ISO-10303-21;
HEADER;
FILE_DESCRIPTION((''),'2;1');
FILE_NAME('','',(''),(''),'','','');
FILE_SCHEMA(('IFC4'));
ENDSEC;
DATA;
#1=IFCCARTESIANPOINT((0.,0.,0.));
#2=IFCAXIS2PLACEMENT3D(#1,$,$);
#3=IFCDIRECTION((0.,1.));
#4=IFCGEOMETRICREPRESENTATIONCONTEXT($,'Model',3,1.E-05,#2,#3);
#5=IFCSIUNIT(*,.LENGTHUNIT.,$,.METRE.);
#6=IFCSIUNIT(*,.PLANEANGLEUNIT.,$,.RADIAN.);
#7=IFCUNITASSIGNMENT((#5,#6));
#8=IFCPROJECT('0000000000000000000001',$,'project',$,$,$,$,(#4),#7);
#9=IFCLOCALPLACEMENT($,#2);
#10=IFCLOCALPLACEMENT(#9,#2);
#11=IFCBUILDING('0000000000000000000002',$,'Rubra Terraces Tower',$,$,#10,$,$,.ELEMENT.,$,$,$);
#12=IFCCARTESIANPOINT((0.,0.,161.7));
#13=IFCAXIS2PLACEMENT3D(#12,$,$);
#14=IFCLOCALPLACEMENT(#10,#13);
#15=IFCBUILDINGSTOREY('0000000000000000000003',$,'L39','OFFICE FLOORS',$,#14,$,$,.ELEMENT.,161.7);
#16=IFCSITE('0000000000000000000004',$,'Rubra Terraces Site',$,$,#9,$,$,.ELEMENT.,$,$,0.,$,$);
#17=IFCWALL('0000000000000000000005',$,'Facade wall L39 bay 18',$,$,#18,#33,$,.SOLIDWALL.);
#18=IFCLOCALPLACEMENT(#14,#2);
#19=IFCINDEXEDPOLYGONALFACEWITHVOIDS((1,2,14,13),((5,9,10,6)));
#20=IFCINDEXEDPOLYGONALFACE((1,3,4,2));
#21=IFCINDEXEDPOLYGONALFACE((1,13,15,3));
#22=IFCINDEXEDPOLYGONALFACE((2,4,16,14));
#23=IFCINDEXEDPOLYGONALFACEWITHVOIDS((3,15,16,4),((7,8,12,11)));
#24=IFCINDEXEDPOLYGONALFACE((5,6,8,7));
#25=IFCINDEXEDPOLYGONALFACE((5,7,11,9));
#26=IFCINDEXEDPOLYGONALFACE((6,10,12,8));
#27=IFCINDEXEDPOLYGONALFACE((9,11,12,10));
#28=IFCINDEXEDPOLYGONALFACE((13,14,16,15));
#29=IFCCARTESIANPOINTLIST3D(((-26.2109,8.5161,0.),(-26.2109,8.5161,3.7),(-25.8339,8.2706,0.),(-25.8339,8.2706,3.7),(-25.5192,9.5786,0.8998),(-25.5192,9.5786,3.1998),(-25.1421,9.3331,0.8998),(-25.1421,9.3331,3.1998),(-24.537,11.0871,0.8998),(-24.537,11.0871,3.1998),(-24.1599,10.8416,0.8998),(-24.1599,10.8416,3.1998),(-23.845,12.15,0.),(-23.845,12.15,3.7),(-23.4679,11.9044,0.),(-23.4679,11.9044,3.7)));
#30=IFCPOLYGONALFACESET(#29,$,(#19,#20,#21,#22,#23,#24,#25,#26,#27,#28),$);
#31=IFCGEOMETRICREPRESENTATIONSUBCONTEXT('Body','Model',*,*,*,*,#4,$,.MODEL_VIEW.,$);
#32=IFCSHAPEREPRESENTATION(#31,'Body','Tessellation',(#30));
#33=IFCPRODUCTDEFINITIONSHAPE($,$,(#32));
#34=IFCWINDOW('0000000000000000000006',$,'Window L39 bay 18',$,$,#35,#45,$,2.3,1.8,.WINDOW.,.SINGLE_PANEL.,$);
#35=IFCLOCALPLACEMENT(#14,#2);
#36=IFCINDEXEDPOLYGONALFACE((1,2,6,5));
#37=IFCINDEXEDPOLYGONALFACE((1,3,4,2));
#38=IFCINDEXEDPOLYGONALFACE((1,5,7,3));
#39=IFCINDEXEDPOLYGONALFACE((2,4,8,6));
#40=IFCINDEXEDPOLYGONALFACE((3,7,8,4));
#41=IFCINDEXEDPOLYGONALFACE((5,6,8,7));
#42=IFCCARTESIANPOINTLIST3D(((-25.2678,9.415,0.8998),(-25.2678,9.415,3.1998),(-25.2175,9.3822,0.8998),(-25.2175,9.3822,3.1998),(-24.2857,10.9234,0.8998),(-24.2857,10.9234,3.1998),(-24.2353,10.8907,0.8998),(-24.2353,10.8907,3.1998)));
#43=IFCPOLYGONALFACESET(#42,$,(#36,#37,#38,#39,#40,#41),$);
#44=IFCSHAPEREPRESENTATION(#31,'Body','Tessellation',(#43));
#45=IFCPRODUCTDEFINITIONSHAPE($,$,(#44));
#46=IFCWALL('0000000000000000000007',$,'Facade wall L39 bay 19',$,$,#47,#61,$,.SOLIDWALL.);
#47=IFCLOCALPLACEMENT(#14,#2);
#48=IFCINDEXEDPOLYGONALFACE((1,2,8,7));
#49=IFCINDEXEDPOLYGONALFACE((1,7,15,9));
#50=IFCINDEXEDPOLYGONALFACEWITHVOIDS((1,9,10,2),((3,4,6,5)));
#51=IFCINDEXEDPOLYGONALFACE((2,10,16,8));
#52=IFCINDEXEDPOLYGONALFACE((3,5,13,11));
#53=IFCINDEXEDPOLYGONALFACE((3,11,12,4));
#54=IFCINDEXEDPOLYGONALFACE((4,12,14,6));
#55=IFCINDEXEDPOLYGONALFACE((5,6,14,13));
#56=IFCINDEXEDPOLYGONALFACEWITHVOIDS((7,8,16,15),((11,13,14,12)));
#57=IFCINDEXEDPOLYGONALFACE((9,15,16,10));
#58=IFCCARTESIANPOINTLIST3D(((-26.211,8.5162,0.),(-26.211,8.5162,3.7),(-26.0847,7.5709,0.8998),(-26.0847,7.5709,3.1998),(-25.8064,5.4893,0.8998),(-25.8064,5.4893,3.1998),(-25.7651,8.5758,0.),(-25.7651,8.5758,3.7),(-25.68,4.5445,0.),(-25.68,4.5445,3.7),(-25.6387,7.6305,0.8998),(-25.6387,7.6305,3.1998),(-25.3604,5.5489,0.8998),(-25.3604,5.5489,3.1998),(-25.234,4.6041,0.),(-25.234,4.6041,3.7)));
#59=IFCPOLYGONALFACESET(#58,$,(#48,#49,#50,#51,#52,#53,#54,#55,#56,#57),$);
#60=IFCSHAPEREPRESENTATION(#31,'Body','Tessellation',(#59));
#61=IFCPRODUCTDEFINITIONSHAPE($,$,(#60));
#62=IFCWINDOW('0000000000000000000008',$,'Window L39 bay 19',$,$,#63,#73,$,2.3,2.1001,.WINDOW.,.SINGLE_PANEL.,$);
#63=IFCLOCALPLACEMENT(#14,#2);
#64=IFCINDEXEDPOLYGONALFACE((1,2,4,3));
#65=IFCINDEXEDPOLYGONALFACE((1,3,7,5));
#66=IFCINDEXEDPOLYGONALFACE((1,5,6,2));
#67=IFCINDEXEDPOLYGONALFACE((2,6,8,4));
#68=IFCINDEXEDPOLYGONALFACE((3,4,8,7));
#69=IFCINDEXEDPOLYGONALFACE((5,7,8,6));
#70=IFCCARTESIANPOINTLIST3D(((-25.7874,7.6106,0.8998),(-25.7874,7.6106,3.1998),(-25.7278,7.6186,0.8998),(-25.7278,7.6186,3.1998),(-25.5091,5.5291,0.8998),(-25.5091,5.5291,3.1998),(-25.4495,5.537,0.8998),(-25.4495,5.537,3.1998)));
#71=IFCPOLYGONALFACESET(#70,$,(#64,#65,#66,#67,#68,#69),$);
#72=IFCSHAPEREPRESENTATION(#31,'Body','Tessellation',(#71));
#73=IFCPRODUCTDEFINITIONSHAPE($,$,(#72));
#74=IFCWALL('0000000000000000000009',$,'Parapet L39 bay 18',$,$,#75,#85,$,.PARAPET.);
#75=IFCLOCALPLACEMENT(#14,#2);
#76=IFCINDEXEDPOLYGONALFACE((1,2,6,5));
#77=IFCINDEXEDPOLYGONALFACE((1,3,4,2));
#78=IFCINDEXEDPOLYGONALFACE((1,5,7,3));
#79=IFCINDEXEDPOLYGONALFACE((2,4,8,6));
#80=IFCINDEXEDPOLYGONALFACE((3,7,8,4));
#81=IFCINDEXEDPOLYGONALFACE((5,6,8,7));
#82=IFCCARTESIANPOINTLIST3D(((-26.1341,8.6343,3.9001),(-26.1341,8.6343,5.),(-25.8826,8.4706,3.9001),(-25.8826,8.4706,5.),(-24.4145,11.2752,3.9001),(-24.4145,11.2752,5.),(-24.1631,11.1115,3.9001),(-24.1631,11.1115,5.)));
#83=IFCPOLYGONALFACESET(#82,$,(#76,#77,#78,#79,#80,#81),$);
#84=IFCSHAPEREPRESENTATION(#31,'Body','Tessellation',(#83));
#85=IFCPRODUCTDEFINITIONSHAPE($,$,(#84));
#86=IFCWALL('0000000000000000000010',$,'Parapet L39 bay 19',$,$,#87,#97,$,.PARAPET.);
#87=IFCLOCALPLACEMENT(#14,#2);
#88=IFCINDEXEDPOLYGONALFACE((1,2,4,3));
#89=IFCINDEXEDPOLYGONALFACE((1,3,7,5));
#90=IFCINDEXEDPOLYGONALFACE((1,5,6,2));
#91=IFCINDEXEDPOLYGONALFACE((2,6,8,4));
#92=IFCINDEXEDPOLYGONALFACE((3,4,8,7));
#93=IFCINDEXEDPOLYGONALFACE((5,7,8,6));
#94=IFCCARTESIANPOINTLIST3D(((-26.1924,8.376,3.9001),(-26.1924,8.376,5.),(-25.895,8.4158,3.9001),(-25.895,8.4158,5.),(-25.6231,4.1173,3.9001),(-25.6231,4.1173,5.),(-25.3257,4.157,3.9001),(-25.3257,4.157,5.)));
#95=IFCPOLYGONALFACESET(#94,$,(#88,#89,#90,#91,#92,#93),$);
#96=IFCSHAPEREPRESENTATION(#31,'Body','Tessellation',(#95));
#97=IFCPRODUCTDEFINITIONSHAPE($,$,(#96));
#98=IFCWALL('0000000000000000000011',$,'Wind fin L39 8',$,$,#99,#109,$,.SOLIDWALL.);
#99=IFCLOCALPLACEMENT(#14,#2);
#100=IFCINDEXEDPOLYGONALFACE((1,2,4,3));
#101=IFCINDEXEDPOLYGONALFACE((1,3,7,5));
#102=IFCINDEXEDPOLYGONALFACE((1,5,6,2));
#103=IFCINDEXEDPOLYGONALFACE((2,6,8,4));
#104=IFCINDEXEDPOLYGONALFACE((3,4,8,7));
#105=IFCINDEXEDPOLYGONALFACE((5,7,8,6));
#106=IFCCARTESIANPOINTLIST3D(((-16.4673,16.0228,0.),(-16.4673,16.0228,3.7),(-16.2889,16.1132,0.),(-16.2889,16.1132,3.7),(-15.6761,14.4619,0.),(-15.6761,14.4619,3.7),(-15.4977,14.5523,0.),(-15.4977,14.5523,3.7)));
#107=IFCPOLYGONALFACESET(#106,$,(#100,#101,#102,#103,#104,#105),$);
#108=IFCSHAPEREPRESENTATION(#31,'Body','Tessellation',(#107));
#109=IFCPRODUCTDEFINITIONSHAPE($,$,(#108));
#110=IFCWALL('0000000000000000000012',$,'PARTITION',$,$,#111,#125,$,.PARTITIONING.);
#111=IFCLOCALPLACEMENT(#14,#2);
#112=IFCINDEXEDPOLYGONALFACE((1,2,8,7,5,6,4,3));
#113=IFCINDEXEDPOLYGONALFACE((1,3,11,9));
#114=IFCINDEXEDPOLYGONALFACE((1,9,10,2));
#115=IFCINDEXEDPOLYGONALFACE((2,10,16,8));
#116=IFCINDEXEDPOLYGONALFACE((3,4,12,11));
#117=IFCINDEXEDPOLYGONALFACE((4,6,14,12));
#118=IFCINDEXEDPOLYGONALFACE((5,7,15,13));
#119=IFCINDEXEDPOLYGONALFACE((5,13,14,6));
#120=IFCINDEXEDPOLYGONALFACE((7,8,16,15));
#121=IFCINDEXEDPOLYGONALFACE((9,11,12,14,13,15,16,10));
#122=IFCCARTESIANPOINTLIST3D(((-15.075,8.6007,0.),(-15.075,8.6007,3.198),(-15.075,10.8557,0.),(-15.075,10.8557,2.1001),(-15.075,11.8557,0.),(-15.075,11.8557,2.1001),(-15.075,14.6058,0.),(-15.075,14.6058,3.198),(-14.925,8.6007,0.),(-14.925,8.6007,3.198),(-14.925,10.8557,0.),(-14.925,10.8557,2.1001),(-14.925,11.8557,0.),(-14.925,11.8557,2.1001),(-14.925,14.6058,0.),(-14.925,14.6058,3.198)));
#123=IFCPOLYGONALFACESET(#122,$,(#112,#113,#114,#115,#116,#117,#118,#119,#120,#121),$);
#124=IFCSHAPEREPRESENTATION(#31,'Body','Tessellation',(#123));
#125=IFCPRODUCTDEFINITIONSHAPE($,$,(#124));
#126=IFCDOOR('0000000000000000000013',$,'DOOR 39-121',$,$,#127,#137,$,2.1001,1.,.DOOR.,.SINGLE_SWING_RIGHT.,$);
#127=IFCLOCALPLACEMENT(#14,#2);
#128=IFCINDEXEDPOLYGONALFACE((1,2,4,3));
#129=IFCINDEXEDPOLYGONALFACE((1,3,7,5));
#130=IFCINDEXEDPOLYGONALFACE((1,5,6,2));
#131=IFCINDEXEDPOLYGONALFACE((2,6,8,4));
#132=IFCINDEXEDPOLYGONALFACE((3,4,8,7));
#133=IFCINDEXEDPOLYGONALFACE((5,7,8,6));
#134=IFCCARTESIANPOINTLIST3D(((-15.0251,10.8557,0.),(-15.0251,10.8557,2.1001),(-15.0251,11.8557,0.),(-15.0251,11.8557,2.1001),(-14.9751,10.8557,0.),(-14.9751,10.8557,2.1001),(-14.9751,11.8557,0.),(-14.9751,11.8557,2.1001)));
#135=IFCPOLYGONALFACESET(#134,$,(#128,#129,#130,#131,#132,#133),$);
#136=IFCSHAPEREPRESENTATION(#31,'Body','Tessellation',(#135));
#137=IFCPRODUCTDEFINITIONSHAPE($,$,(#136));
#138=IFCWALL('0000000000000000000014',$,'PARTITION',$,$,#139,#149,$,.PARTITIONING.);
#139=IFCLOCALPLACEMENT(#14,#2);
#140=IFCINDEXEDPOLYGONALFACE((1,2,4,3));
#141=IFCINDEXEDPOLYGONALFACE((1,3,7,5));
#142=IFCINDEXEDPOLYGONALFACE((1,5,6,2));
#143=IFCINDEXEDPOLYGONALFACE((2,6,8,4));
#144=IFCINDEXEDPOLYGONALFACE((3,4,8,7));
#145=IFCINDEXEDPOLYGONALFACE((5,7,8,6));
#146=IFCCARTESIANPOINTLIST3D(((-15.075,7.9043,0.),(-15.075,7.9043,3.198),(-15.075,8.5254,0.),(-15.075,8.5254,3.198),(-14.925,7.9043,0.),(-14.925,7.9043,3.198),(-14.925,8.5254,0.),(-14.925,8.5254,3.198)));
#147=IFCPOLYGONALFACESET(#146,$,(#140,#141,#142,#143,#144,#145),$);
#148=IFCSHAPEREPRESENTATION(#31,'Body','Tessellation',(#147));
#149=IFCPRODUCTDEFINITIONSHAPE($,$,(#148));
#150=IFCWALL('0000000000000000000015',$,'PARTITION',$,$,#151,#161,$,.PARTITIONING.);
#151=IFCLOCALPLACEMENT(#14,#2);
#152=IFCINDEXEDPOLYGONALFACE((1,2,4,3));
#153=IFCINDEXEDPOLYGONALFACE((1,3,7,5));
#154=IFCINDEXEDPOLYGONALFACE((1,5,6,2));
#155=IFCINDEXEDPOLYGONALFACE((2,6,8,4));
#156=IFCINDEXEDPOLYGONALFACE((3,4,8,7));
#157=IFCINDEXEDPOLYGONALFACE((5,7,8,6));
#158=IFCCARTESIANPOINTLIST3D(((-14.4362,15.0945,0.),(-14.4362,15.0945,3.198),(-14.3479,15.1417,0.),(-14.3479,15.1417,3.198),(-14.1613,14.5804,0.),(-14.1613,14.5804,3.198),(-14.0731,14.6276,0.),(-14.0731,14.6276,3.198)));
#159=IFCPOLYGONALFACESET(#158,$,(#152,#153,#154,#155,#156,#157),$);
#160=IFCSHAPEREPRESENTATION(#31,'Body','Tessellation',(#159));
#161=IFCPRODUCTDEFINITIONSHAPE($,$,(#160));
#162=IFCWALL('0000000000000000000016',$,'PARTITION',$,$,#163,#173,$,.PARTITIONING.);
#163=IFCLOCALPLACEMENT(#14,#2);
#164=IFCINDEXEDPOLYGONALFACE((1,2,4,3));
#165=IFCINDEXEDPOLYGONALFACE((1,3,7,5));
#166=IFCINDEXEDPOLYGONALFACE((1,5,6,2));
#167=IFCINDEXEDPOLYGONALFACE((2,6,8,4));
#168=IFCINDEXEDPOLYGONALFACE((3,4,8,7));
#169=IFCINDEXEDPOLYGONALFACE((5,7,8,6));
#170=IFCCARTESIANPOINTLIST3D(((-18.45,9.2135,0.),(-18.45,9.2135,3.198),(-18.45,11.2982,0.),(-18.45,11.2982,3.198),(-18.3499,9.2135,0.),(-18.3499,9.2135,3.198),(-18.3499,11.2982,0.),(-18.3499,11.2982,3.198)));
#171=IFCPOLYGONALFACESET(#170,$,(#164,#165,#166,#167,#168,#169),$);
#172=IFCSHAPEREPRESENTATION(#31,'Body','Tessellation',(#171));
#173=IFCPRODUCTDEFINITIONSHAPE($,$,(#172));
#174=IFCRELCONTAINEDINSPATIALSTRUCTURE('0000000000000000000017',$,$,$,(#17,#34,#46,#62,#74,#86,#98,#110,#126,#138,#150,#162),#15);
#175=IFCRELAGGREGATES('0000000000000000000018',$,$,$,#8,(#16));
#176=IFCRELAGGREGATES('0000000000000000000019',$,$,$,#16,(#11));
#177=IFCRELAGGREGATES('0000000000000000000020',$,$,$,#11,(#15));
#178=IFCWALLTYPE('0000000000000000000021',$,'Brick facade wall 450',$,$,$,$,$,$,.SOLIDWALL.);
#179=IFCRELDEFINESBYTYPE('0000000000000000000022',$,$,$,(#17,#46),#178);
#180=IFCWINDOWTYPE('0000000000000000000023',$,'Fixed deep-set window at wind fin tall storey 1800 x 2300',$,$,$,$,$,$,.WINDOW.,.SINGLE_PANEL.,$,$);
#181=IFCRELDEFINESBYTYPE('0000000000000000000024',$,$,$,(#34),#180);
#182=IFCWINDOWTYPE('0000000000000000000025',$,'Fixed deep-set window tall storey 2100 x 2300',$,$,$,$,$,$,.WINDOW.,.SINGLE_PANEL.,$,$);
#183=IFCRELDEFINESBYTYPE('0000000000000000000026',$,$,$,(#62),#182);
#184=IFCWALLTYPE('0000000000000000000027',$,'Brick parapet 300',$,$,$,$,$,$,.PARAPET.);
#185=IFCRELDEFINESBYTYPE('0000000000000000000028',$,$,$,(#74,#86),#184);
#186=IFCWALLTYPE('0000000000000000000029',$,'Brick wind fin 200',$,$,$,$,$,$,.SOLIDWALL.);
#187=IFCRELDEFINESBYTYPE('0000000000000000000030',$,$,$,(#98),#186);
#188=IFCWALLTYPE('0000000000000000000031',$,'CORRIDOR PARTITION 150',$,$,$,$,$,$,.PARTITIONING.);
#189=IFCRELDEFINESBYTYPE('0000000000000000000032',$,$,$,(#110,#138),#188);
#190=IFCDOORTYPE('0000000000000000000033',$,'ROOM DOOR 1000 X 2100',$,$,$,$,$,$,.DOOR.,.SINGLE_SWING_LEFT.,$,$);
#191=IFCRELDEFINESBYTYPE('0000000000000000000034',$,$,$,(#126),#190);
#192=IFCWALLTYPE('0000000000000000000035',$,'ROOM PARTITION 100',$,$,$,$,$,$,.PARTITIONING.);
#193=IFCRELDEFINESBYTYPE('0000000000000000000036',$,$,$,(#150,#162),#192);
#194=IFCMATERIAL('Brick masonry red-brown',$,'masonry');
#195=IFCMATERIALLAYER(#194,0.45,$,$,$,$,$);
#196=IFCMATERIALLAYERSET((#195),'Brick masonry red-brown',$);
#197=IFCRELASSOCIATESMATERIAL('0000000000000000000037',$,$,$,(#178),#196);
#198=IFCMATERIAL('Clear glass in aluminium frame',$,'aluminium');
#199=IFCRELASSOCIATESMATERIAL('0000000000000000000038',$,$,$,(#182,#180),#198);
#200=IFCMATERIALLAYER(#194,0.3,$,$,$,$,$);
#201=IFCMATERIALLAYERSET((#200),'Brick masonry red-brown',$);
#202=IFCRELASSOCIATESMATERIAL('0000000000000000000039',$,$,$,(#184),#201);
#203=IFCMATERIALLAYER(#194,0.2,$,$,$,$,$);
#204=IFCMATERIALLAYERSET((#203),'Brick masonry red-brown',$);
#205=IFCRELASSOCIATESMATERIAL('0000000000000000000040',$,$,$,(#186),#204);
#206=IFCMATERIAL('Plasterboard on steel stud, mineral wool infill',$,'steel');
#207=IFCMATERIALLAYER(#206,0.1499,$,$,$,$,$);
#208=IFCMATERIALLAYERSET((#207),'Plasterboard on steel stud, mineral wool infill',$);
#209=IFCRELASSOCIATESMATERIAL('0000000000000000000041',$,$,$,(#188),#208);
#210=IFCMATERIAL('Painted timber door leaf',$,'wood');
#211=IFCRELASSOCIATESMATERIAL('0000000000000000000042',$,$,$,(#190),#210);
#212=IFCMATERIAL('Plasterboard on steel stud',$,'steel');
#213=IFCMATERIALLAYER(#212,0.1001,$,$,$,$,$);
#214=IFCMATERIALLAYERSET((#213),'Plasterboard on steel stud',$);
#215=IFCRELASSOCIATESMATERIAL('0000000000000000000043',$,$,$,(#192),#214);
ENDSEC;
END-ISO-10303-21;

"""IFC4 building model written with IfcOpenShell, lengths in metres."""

from ifc_helpers import new_model, si_unit, direction, frame, frame_2d, origin, place, context, subcontext, project, spatial, rectangle, extrude, material, layer, layer_set, type_object, element, fill, save


model = new_model("IFC4")

# Units and contexts
model_context = context("Model", 3, precision=1e-05, world=origin(), true_north=direction((0.0, 1.0)))
body_context = subcontext(model_context, "Body", "Model", "MODEL_VIEW")
ifc_project = project(units=[si_unit("LENGTHUNIT", "METRE"), si_unit("PLANEANGLEUNIT", "RADIAN")], contexts=[model_context])

# Site, building, storey
site_placement = place(None, origin())
site = spatial("IfcSite", under=ifc_project, at=site_placement, Name="Rubra Terraces Site", CompositionType="ELEMENT", RefElevation=0.0)
building_placement = place(site_placement, origin())
building = spatial("IfcBuilding", under=site, at=building_placement, Name="Rubra Terraces Tower", CompositionType="ELEMENT")
storey_placement = place(building_placement, frame((0.0, 0.0, 161.7)))
storey = spatial("IfcBuildingStorey", under=building, at=storey_placement, Name="L39", Description="OFFICE FLOORS", CompositionType="ELEMENT", Elevation=161.7)

# Walls, openings, windows
ifc_material_1 = material(Name="Brick masonry red-brown", Category="masonry")
ifc_layer_1 = layer(ifc_material_1, 0.45)
ifc_layer_set_1 = layer_set([ifc_layer_1], Name="Brick masonry red-brown")
wall_type_1 = type_object("IfcWallType", Name="Brick facade wall 450", PredefinedType="SOLIDWALL", material=ifc_layer_set_1)
ifc_material_2 = material(Name="Clear glass in aluminium frame", Category="aluminium")
window_type_1 = type_object("IfcWindowType", Name="Fixed deep-set window tall storey 2100 x 2300", PartitioningType="SINGLE_PANEL", PredefinedType="WINDOW", material=ifc_material_2)
wall_1_placement = place(storey_placement, frame((-23.6565, 12.0271, 0.0), z_axis=(0.0, 0.0, 1.0), x_axis=(-0.545637, -0.838021, 0.0)))
wall_1 = element("IfcWall", 1, at=wall_1_placement, inside=storey, type_object=wall_type_1, Name="Facade wall L39 bay 18", PredefinedType="SOLIDWALL", context=body_context, shape_type="SweptSolid", body=[
    extrude(rectangle(XDim=4.3362, YDim=0.45, at=frame_2d((2.168, 0.0))), origin(), (0.0, 0.0, 1.0), 3.7),
])
opening_1_placement = place(wall_1_placement, frame((1.2683, 0.0, 0.8999)))
opening_1 = element("IfcOpeningElement", 2, at=opening_1_placement, cuts=wall_1, PredefinedType="OPENING", context=body_context, shape_type="SweptSolid", body=[
    extrude(rectangle(XDim=1.8, YDim=2.3, at=frame_2d((0.8999, 1.1499))), frame((0.0, 0.2349, 0.0), z_axis=(0.0, -1.0, 0.0), x_axis=(1.0, 0.0, 0.0)), (0.0, 0.0, 1.0), 0.47),
])
window_type_2 = type_object("IfcWindowType", Name="Fixed deep-set window at wind fin tall storey 1800 x 2300", PartitioningType="SINGLE_PANEL", PredefinedType="WINDOW", material=ifc_material_2)
window_1_placement = place(opening_1_placement, origin())
window_1 = element("IfcWindow", 3, at=window_1_placement, inside=storey, type_object=window_type_2, Name="Window L39 bay 18", OverallHeight=2.3, OverallWidth=1.8, PartitioningType="SINGLE_PANEL", PredefinedType="WINDOW", context=body_context, shape_type="SweptSolid", body=[
    extrude(rectangle(XDim=1.8, YDim=2.3, at=frame_2d((0.8999, 1.1499))), frame((0.0, 0.135, 0.0), z_axis=(0.0, -1.0, 0.0), x_axis=(1.0, 0.0, 0.0)), (0.0, 0.0, 1.0), 0.0601),
])
fill(opening_1, window_1)
wall_2_placement = place(storey_placement, frame((-25.988, 8.5459, 0.0), z_axis=(0.0, 0.0, 1.0), x_axis=(0.132519, -0.99118, 0.0)))
wall_2 = element("IfcWall", 4, at=wall_2_placement, inside=storey, type_object=wall_type_1, Name="Facade wall L39 bay 19", PredefinedType="SOLIDWALL", context=body_context, shape_type="SweptSolid", body=[
    extrude(rectangle(XDim=4.0071, YDim=0.45, at=frame_2d((2.0034, 0.0))), origin(), (0.0, 0.0, 1.0), 3.7),
])
opening_2_placement = place(wall_2_placement, frame((0.9536, 0.0, 0.8999)))
opening_2 = element("IfcOpeningElement", 5, at=opening_2_placement, cuts=wall_2, PredefinedType="OPENING", context=body_context, shape_type="SweptSolid", body=[
    extrude(rectangle(XDim=2.1001, YDim=2.3, at=frame_2d((1.05, 1.1499))), frame((0.0, 0.2349, 0.0), z_axis=(0.0, -1.0, 0.0), x_axis=(1.0, 0.0, 0.0)), (0.0, 0.0, 1.0), 0.47),
])
window_2_placement = place(opening_2_placement, origin())
window_2 = element("IfcWindow", 6, at=window_2_placement, inside=storey, type_object=window_type_1, Name="Window L39 bay 19", OverallHeight=2.3, OverallWidth=2.1001, PartitioningType="SINGLE_PANEL", PredefinedType="WINDOW", context=body_context, shape_type="SweptSolid", body=[
    extrude(rectangle(XDim=2.1001, YDim=2.3, at=frame_2d((1.05, 1.1499))), frame((0.0, 0.135, 0.0), z_axis=(0.0, -1.0, 0.0), x_axis=(1.0, 0.0, 0.0)), (0.0, 0.0, 1.0), 0.0601),
])
fill(opening_2, window_2)

# Walls
ifc_layer_2 = layer(ifc_material_1, 0.3)
ifc_layer_set_2 = layer_set([ifc_layer_2], Name="Brick masonry red-brown")
wall_type_2 = type_object("IfcWallType", Name="Brick parapet 300", PredefinedType="PARAPET", material=ifc_layer_set_2)
wall_3_placement = place(storey_placement, frame((-24.2888, 11.1934, 3.9001), z_axis=(0.0, 0.0, 1.0), x_axis=(-0.545639, -0.83802, 0.0)))
element("IfcWall", 7, at=wall_3_placement, inside=storey, type_object=wall_type_2, Name="Parapet L39 bay 18", PredefinedType="PARAPET", context=body_context, shape_type="SweptSolid", body=[
    extrude(rectangle(XDim=3.1514, YDim=0.3, at=frame_2d((1.5757, 0.0))), origin(), (0.0, 0.0, 1.0), 1.0999),
])
wall_4_placement = place(storey_placement, frame((-26.0437, 8.396, 3.9001), z_axis=(0.0, 0.0, 1.0), x_axis=(0.132506, -0.991182, 0.0)))
element("IfcWall", 8, at=wall_4_placement, inside=storey, type_object=wall_type_2, Name="Parapet L39 bay 19", PredefinedType="PARAPET", context=body_context, shape_type="SweptSolid", body=[
    extrude(rectangle(XDim=4.2966, YDim=0.3, at=frame_2d((2.1484, 0.0))), origin(), (0.0, 0.0, 1.0), 1.0999),
])
ifc_layer_3 = layer(ifc_material_1, 0.2)
ifc_layer_set_3 = layer_set([ifc_layer_3], Name="Brick masonry red-brown")
wall_type_3 = type_object("IfcWallType", Name="Brick wind fin 200", PredefinedType="SOLIDWALL", material=ifc_layer_set_3)
wall_5_placement = place(storey_placement, frame((-15.5869, 14.5071, 0.0), z_axis=(0.0, 0.0, 1.0), x_axis=(-0.452117, 0.891959, 0.0)))
element("IfcWall", 9, at=wall_5_placement, inside=storey, type_object=wall_type_3, Name="Wind fin L39 8", PredefinedType="SOLIDWALL", context=body_context, shape_type="SweptSolid", body=[
    extrude(rectangle(XDim=1.75, YDim=0.2, at=frame_2d((0.875, 0.0))), origin(), (0.0, 0.0, 1.0), 3.7),
])

# Wall, opening, door
ifc_material_3 = material(Name="Plasterboard on steel stud, mineral wool infill", Category="steel")
ifc_layer_4 = layer(ifc_material_3, 0.1499)
ifc_layer_set_4 = layer_set([ifc_layer_4], Name="Plasterboard on steel stud, mineral wool infill")
wall_type_4 = type_object("IfcWallType", Name="CORRIDOR PARTITION 150", PredefinedType="PARTITIONING", material=ifc_layer_set_4)
wall_6_placement = place(storey_placement, frame((-15.0, 14.6057, 0.0), z_axis=(0.0, 0.0, 1.0), x_axis=(0.0, -1.0, 0.0)))
wall_6 = element("IfcWall", 10, at=wall_6_placement, inside=storey, type_object=wall_type_4, Name="PARTITION", PredefinedType="PARTITIONING", context=body_context, shape_type="SweptSolid", body=[
    extrude(rectangle(XDim=6.0051, YDim=0.1499, at=frame_2d((3.0024, 0.0))), origin(), (0.0, 0.0, 1.0), 3.198),
])
opening_3_placement = place(wall_6_placement, frame((2.75, 0.0, 0.0)))
opening_3 = element("IfcOpeningElement", 11, at=opening_3_placement, cuts=wall_6, PredefinedType="OPENING", context=body_context, shape_type="SweptSolid", body=[
    extrude(rectangle(XDim=1.0, YDim=2.1001, at=frame_2d((0.5, 1.05))), frame((0.0, 0.085, 0.0), z_axis=(0.0, -1.0, 0.0), x_axis=(1.0, 0.0, 0.0)), (0.0, 0.0, 1.0), 0.1699),
])
ifc_material_4 = material(Name="Painted timber door leaf", Category="wood")
door_type = type_object("IfcDoorType", Name="ROOM DOOR 1000 X 2100", OperationType="SINGLE_SWING_LEFT", PredefinedType="DOOR", material=ifc_material_4)
door_placement = place(opening_3_placement, origin())
door = element("IfcDoor", 12, at=door_placement, inside=storey, type_object=door_type, Name="DOOR 39-121", OperationType="SINGLE_SWING_RIGHT", OverallHeight=2.1001, OverallWidth=1.0, PredefinedType="DOOR", context=body_context, shape_type="SweptSolid", body=[
    extrude(rectangle(XDim=1.0, YDim=2.1001, at=frame_2d((0.5, 1.05))), frame((0.0, 0.0249, 0.0), z_axis=(0.0, -1.0, 0.0), x_axis=(1.0, 0.0, 0.0)), (0.0, 0.0, 1.0), 0.05),
])
fill(opening_3, door)

# Walls
wall_7_placement = place(storey_placement, frame((-15.0, 8.5254, 0.0), z_axis=(0.0, 0.0, 1.0), x_axis=(0.0, -1.0, 0.0)))
element("IfcWall", 13, at=wall_7_placement, inside=storey, type_object=wall_type_4, Name="PARTITION", PredefinedType="PARTITIONING", context=body_context, shape_type="SweptSolid", body=[
    extrude(rectangle(XDim=0.6211, YDim=0.1499, at=frame_2d((0.3105, 0.0))), origin(), (0.0, 0.0, 1.0), 3.198),
])
ifc_material_5 = material(Name="Plasterboard on steel stud", Category="steel")
ifc_layer_5 = layer(ifc_material_5, 0.1001)
ifc_layer_set_5 = layer_set([ifc_layer_5], Name="Plasterboard on steel stud")
wall_type_5 = type_object("IfcWallType", Name="ROOM PARTITION 100", PredefinedType="PARTITIONING", material=ifc_layer_set_5)
wall_8_placement = place(storey_placement, frame((-14.1172, 14.604, 0.0), z_axis=(0.0, 0.0, 1.0), x_axis=(-0.471501, 0.881866, 0.0)))
element("IfcWall", 14, at=wall_8_placement, inside=storey, type_object=wall_type_5, Name="PARTITION", PredefinedType="PARTITIONING", context=body_context, shape_type="SweptSolid", body=[
    extrude(rectangle(XDim=0.583, YDim=0.1001, at=frame_2d((0.2915, 0.0))), origin(), (0.0, 0.0, 1.0), 3.198),
])
wall_9_placement = place(storey_placement, frame((-18.3999, 9.2134, 0.0), z_axis=(0.0, 0.0, 1.0), x_axis=(0.0, 1.0, 0.0)))
element("IfcWall", 15, at=wall_9_placement, inside=storey, type_object=wall_type_5, Name="PARTITION", PredefinedType="PARTITIONING", context=body_context, shape_type="SweptSolid", body=[
    extrude(rectangle(XDim=2.0847, YDim=0.1001, at=frame_2d((1.0425, 0.0))), origin(), (0.0, 0.0, 1.0), 3.198),
])

save(model, "model.ifc")
